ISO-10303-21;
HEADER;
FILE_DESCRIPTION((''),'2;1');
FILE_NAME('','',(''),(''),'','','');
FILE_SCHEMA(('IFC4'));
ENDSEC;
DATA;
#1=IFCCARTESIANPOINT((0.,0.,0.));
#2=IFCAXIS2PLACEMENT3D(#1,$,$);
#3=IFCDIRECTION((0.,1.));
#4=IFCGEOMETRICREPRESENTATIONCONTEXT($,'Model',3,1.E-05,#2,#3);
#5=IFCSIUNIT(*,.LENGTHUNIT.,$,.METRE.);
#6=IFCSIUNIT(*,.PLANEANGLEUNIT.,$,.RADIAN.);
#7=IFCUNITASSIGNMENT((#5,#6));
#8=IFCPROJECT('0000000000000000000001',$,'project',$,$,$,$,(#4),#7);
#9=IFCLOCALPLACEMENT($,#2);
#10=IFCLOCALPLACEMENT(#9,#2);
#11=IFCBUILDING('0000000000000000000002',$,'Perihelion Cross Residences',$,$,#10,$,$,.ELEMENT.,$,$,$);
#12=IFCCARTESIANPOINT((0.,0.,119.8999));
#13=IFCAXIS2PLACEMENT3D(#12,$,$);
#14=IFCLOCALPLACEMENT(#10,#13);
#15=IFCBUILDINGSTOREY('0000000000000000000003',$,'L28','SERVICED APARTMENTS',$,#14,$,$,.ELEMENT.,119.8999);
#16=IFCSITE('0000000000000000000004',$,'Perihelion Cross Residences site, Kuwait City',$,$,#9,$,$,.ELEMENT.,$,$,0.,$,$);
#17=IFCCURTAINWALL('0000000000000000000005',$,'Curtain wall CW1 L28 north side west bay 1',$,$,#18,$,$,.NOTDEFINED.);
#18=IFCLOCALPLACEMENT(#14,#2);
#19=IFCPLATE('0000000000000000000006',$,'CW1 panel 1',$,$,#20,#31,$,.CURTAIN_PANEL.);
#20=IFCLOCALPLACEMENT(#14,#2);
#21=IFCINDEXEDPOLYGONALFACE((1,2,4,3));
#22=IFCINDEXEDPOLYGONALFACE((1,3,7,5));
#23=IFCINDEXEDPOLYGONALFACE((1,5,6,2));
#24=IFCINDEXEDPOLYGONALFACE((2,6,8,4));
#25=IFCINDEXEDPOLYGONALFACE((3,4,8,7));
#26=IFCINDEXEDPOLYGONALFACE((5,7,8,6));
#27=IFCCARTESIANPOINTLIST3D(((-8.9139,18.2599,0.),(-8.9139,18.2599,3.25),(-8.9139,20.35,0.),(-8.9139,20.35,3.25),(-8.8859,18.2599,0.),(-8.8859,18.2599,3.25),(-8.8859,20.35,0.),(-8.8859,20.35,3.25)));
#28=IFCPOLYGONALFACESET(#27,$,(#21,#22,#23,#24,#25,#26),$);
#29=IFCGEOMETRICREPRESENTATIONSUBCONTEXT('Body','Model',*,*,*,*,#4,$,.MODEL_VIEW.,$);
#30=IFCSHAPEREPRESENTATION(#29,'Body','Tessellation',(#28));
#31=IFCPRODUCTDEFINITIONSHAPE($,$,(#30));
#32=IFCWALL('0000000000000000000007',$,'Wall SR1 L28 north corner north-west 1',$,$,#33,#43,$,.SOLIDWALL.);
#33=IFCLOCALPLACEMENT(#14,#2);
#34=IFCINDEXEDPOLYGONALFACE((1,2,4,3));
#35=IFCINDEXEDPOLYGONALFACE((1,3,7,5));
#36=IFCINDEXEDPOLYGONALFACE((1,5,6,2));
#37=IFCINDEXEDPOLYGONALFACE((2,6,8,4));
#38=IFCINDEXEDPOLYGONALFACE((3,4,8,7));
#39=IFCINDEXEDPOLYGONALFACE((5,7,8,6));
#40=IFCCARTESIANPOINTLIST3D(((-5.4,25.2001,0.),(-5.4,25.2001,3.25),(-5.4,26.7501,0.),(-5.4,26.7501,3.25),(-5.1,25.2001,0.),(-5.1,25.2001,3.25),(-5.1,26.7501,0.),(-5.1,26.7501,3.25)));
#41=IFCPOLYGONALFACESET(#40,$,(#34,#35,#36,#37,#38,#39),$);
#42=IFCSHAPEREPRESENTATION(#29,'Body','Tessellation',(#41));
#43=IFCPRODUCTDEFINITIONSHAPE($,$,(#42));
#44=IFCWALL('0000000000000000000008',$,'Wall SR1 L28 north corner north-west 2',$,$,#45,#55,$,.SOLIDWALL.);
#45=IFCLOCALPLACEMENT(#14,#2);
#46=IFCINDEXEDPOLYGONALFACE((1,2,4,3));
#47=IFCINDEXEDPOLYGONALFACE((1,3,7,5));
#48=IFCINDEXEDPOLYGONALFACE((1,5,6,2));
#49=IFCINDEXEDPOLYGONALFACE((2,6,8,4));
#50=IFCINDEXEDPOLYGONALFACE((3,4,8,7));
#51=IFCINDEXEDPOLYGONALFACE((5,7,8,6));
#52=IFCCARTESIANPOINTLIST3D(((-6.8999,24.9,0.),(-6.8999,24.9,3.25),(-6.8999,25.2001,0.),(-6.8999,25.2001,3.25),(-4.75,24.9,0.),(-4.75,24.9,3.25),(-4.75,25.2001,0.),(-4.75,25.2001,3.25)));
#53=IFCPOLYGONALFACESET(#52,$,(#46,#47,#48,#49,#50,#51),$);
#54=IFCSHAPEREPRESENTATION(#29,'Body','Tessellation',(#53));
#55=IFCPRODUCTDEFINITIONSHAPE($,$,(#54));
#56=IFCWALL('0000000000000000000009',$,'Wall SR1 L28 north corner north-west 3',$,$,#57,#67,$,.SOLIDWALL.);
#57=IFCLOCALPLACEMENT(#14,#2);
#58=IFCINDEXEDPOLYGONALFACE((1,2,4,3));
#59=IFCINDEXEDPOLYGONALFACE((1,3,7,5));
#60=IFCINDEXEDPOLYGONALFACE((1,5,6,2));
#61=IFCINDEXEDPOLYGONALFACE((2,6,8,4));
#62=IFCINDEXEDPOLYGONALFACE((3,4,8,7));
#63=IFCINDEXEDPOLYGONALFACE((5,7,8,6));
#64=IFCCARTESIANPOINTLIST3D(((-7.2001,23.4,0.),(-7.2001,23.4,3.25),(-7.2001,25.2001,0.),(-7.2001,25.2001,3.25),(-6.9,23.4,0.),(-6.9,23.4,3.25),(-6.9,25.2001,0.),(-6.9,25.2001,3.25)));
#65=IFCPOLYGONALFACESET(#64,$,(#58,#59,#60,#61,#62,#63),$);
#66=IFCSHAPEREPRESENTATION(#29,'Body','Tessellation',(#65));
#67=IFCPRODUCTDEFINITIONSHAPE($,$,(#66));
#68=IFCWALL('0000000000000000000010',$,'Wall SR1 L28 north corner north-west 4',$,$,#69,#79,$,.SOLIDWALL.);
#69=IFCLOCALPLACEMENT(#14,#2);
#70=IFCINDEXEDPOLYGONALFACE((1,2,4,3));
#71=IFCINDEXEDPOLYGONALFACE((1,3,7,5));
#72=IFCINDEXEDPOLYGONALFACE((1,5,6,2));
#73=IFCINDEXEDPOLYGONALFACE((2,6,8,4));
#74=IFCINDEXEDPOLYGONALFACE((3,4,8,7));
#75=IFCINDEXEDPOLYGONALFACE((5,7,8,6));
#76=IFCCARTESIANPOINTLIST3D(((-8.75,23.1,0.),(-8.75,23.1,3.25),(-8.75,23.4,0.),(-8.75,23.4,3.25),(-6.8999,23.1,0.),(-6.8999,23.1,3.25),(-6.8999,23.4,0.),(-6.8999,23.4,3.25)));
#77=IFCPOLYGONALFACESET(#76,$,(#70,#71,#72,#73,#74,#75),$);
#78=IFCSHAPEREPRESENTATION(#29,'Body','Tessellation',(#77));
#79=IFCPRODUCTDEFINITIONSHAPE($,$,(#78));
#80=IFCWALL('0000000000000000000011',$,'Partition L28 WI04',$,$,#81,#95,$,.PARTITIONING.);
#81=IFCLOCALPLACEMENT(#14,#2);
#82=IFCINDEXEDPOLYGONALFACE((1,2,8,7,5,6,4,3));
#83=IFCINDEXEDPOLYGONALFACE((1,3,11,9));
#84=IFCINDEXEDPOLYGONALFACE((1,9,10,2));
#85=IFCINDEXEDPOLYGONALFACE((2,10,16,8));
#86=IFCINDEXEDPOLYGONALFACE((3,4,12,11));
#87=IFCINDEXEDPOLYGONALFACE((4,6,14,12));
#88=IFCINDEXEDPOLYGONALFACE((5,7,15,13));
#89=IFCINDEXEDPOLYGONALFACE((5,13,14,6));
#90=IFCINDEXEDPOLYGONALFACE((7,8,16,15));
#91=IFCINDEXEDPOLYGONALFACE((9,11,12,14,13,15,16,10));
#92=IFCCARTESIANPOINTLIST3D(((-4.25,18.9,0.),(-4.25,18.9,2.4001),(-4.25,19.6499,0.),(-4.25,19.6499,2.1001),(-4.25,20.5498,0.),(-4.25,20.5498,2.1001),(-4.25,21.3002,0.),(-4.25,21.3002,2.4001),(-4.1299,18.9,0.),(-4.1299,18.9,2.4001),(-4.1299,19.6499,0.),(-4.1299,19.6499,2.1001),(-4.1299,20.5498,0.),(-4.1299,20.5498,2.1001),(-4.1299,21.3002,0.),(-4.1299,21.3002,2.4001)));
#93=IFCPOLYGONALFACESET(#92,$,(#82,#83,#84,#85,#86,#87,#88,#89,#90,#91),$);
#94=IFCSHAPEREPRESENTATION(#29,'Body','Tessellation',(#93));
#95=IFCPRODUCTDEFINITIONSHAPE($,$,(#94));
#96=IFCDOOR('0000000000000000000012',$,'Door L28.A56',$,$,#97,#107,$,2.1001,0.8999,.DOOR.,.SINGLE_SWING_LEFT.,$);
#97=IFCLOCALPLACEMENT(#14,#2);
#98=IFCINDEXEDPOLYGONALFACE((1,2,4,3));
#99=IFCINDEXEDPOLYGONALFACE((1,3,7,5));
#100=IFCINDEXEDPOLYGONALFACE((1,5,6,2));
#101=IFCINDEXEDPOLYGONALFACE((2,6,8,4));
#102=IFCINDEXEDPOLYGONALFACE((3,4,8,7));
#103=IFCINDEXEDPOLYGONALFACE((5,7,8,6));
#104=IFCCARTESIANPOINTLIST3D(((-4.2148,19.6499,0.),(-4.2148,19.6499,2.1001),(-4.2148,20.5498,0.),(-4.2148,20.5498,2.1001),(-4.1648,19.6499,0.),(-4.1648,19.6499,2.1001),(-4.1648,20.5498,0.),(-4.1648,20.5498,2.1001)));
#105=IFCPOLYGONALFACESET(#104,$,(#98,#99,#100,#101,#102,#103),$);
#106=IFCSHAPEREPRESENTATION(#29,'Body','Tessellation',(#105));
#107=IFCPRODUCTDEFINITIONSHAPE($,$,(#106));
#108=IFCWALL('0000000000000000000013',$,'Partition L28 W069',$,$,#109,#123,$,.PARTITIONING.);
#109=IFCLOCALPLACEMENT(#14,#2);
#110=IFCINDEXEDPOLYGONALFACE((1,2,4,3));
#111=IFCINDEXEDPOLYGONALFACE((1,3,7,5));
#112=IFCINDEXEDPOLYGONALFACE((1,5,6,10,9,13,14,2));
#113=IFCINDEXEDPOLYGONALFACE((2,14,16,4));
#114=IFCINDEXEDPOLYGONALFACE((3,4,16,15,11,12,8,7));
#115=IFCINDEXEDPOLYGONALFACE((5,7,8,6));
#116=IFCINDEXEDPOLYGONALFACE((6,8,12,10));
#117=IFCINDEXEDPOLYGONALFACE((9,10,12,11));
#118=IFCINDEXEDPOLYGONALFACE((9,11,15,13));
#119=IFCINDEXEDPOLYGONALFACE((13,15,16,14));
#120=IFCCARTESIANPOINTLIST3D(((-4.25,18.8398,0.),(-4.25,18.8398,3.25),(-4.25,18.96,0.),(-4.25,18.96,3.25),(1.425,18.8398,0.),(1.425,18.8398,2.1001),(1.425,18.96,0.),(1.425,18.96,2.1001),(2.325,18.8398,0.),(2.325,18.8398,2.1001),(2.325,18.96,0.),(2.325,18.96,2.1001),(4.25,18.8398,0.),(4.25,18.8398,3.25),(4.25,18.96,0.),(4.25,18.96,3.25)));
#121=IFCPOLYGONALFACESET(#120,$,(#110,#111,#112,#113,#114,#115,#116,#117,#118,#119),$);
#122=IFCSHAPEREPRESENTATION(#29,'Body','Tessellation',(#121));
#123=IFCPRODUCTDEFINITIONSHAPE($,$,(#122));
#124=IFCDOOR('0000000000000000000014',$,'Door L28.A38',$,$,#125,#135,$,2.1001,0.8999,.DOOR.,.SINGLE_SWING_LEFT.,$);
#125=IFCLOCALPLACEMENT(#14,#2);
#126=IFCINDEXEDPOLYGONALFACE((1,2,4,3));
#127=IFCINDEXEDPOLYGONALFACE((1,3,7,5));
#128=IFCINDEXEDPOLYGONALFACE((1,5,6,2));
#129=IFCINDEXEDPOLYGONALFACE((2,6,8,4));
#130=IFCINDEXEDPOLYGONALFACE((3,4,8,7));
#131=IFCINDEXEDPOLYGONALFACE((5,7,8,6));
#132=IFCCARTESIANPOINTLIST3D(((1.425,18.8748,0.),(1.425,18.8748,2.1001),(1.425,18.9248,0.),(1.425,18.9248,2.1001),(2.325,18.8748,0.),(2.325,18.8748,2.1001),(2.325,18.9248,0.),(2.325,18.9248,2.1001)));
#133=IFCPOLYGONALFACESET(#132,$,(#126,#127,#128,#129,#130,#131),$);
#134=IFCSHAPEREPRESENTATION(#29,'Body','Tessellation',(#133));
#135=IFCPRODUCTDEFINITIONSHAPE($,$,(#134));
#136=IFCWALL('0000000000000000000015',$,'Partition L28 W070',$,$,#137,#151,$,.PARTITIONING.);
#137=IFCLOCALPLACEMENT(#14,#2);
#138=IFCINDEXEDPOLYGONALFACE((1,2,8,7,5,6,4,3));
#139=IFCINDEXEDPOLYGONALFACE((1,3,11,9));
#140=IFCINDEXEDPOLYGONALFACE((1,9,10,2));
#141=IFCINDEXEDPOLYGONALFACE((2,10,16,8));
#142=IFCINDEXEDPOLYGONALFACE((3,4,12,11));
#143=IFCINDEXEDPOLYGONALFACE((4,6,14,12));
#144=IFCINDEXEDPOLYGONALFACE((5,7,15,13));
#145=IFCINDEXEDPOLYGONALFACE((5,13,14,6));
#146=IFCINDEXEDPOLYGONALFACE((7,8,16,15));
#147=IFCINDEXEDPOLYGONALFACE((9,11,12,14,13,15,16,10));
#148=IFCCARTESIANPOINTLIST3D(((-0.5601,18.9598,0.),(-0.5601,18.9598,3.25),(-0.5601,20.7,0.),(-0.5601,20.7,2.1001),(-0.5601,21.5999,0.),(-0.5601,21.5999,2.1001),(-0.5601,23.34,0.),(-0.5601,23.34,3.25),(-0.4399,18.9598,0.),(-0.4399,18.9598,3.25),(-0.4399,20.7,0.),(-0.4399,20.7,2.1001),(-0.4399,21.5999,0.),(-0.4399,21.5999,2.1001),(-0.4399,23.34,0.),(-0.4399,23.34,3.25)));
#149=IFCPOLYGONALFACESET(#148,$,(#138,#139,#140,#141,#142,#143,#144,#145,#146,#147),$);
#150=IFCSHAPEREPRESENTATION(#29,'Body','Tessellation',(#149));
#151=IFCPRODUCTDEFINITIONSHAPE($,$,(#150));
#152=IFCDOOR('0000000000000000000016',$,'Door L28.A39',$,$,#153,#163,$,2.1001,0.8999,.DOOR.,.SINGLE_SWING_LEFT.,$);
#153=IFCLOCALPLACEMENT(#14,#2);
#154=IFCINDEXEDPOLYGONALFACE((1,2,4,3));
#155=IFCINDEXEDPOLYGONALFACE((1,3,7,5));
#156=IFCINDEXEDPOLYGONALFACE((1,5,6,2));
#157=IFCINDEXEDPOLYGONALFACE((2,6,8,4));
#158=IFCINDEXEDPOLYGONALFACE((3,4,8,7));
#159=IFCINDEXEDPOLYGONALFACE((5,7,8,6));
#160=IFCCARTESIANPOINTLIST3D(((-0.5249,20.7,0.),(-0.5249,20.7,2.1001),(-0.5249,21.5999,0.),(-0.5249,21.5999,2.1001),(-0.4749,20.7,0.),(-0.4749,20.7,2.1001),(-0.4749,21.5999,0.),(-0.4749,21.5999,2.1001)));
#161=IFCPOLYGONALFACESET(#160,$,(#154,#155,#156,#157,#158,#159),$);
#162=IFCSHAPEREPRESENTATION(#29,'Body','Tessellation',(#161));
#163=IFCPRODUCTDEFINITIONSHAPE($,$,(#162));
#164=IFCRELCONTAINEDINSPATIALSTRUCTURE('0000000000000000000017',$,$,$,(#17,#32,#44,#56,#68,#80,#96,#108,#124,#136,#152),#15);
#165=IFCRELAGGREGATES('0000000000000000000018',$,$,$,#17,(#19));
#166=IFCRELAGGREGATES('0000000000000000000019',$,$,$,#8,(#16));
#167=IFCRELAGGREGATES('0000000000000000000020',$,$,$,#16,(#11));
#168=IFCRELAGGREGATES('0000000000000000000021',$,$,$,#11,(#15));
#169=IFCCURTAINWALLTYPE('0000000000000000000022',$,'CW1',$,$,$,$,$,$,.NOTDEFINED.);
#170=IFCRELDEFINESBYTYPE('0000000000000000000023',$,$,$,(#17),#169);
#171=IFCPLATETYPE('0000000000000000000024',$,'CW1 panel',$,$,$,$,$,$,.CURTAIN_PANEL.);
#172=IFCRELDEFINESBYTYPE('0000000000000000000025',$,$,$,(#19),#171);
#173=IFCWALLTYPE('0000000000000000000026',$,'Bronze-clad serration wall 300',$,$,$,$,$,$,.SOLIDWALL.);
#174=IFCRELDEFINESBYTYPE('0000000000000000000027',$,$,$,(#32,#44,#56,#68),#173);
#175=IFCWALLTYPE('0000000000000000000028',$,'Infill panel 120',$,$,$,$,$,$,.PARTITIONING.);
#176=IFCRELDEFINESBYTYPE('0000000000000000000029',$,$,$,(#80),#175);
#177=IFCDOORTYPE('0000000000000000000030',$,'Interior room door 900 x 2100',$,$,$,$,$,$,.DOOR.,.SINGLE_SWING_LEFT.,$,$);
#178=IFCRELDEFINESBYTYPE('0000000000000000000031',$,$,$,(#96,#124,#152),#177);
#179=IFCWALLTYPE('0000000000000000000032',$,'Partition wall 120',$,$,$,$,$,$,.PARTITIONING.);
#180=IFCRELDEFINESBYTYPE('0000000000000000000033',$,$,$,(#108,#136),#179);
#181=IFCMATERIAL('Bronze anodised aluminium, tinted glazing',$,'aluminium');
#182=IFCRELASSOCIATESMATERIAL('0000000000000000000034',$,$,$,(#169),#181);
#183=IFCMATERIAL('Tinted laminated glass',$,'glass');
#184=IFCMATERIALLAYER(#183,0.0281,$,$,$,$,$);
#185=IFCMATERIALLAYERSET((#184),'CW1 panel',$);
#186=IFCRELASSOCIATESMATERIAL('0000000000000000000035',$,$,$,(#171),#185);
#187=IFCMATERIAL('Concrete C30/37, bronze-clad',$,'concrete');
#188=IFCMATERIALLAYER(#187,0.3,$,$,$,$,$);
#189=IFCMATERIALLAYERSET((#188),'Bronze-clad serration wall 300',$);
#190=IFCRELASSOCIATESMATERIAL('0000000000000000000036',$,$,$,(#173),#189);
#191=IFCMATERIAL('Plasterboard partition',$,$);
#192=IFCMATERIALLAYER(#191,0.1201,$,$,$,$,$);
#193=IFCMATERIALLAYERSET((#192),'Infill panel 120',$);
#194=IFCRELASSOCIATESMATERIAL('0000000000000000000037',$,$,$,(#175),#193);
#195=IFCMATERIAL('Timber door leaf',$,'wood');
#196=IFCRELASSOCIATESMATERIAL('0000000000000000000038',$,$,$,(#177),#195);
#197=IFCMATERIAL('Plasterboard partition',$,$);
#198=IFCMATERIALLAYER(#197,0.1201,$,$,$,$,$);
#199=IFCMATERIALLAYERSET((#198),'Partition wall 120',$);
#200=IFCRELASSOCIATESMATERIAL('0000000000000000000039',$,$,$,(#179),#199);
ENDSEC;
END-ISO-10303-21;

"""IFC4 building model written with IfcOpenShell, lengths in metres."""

from ifc_helpers import new_model, si_unit, direction, frame, frame_2d, origin, origin_2d, place, context, subcontext, project, spatial, rectangle, extrude, material, layer, layer_set, type_object, element, fill, aggregate, save


model = new_model("IFC4")

# Units and contexts
model_context = context("Model", 3, precision=1e-05, world=origin(), true_north=direction((0.0, 1.0)))
body_context = subcontext(model_context, "Body", "Model", "MODEL_VIEW")
ifc_project = project(units=[si_unit("LENGTHUNIT", "METRE"), si_unit("PLANEANGLEUNIT", "RADIAN")], contexts=[model_context])

# Site, building, storey
site_placement = place(None, origin())
site = spatial("IfcSite", under=ifc_project, at=site_placement, Name="Perihelion Cross Residences site, Kuwait City", CompositionType="ELEMENT", RefElevation=0.0)
building_placement = place(site_placement, origin())
building = spatial("IfcBuilding", under=site, at=building_placement, Name="Perihelion Cross Residences", CompositionType="ELEMENT")
storey_placement = place(building_placement, frame((0.0, 0.0, 119.8999)))
storey = spatial("IfcBuildingStorey", under=building, at=storey_placement, Name="L28", Description="SERVICED APARTMENTS", CompositionType="ELEMENT", Elevation=119.8999)

# Curtain wall
ifc_material_1 = material(Name="Bronze anodised aluminium, tinted glazing", Category="aluminium")
curtain_wall_type = type_object("IfcCurtainWallType", Name="CW1", PredefinedType="NOTDEFINED", material=ifc_material_1)
curtain_wall_1_placement = place(storey_placement, origin())
curtain_wall_1 = element("IfcCurtainWall", 1, at=curtain_wall_1_placement, inside=storey, type_object=curtain_wall_type, Name="Curtain wall CW1 L28 north side west bay 1", PredefinedType="NOTDEFINED")

# Plate
ifc_material_2 = material(Name="Tinted laminated glass", Category="glass")
ifc_layer_1 = layer(ifc_material_2, 0.0281)
ifc_layer_set_1 = layer_set([ifc_layer_1], Name="CW1 panel")
plate_type = type_object("IfcPlateType", Name="CW1 panel", PredefinedType="CURTAIN_PANEL", material=ifc_layer_set_1)
plate_1_placement = place(storey_placement, frame((-8.8999, 19.3049, 0.0), z_axis=(0.0, 0.0, 1.0), x_axis=(0.0, -1.0, 0.0)))
plate_1 = element("IfcPlate", 2, at=plate_1_placement, type_object=plate_type, Name="CW1 panel 1", PredefinedType="CURTAIN_PANEL", context=body_context, shape_type="SweptSolid", body=[
    extrude(rectangle(XDim=2.0901, YDim=0.0281, at=origin_2d()), origin(), (0.0, 0.0, 1.0), 3.25),
])
aggregate(curtain_wall_1, [plate_1])

# Walls
ifc_material_3 = material(Name="Concrete C30/37, bronze-clad", Category="concrete")
ifc_layer_2 = layer(ifc_material_3, 0.3)
ifc_layer_set_2 = layer_set([ifc_layer_2], Name="Bronze-clad serration wall 300")
wall_type_1 = type_object("IfcWallType", Name="Bronze-clad serration wall 300", PredefinedType="SOLIDWALL", material=ifc_layer_set_2)
wall_1_placement = place(storey_placement, frame((-5.25, 26.75, 0.0), z_axis=(0.0, 0.0, 1.0), x_axis=(0.0, -1.0, 0.0)))
element("IfcWall", 3, at=wall_1_placement, inside=storey, type_object=wall_type_1, Name="Wall SR1 L28 north corner north-west 1", PredefinedType="SOLIDWALL", context=body_context, shape_type="SweptSolid", body=[
    extrude(rectangle(XDim=1.55, YDim=0.3, at=frame_2d((0.7749, 0.0))), origin(), (0.0, 0.0, 1.0), 3.25),
])
wall_2_placement = place(storey_placement, frame((-4.75, 25.05, 0.0), z_axis=(0.0, 0.0, 1.0), x_axis=(-1.0, 0.0, 0.0)))
element("IfcWall", 4, at=wall_2_placement, inside=storey, type_object=wall_type_1, Name="Wall SR1 L28 north corner north-west 2", PredefinedType="SOLIDWALL", context=body_context, shape_type="SweptSolid", body=[
    extrude(rectangle(XDim=2.1499, YDim=0.3, at=frame_2d((1.075, 0.0))), origin(), (0.0, 0.0, 1.0), 3.25),
])
wall_3_placement = place(storey_placement, frame((-7.05, 25.2, 0.0), z_axis=(0.0, 0.0, 1.0), x_axis=(0.0, -1.0, 0.0)))
element("IfcWall", 5, at=wall_3_placement, inside=storey, type_object=wall_type_1, Name="Wall SR1 L28 north corner north-west 3", PredefinedType="SOLIDWALL", context=body_context, shape_type="SweptSolid", body=[
    extrude(rectangle(XDim=1.8, YDim=0.3, at=frame_2d((0.8999, 0.0))), origin(), (0.0, 0.0, 1.0), 3.25),
])
wall_4_placement = place(storey_placement, frame((-6.8999, 23.25, 0.0), z_axis=(0.0, 0.0, 1.0), x_axis=(-1.0, 0.0, 0.0)))
element("IfcWall", 6, at=wall_4_placement, inside=storey, type_object=wall_type_1, Name="Wall SR1 L28 north corner north-west 4", PredefinedType="SOLIDWALL", context=body_context, shape_type="SweptSolid", body=[
    extrude(rectangle(XDim=1.8501, YDim=0.3, at=frame_2d((0.925, 0.0))), origin(), (0.0, 0.0, 1.0), 3.25),
])

# Walls, openings, doors
ifc_material_4 = material(Name="Plasterboard partition")
ifc_layer_3 = layer(ifc_material_4, 0.1201)
ifc_layer_set_3 = layer_set([ifc_layer_3], Name="Infill panel 120")
wall_type_2 = type_object("IfcWallType", Name="Infill panel 120", PredefinedType="PARTITIONING", material=ifc_layer_set_3)
wall_5_placement = place(storey_placement, frame((-4.1899, 18.8999, 0.0), z_axis=(0.0, 0.0, 1.0), x_axis=(0.0, 1.0, 0.0)))
wall_5 = element("IfcWall", 7, at=wall_5_placement, inside=storey, type_object=wall_type_2, Name="Partition L28 WI04", PredefinedType="PARTITIONING", context=body_context, shape_type="SweptSolid", body=[
    extrude(rectangle(XDim=2.4001, YDim=0.1201, at=frame_2d((1.2002, 0.0))), origin(), (0.0, 0.0, 1.0), 2.4001),
])
opening_1_placement = place(wall_5_placement, frame((0.75, 0.0, 0.0)))
opening_1 = element("IfcOpeningElement", 8, at=opening_1_placement, cuts=wall_5, PredefinedType="OPENING", context=body_context, shape_type="SweptSolid", body=[
    extrude(rectangle(XDim=0.8999, YDim=2.1001, at=frame_2d((0.45, 1.05))), frame((0.0, 0.0701, 0.0), z_axis=(0.0, -1.0, 0.0), x_axis=(1.0, 0.0, 0.0)), (0.0, 0.0, 1.0), 0.1401),
])
ifc_material_5 = material(Name="Timber door leaf", Category="wood")
door_type_1 = type_object("IfcDoorType", Name="Interior room door 900 x 2100", OperationType="SINGLE_SWING_LEFT", PredefinedType="DOOR", material=ifc_material_5)
door_1_placement = place(opening_1_placement, origin())
door_1 = element("IfcDoor", 9, at=door_1_placement, inside=storey, type_object=door_type_1, Name="Door L28.A56", OperationType="SINGLE_SWING_LEFT", OverallHeight=2.1001, OverallWidth=0.8999, PredefinedType="DOOR", context=body_context, shape_type="SweptSolid", body=[
    extrude(rectangle(XDim=0.8999, YDim=2.1001, at=frame_2d((0.45, 1.05))), frame((0.0, 0.0249, 0.0), z_axis=(0.0, -1.0, 0.0), x_axis=(1.0, 0.0, 0.0)), (0.0, 0.0, 1.0), 0.05),
])
fill(opening_1, door_1)
ifc_material_6 = material(Name="Plasterboard partition")
ifc_layer_4 = layer(ifc_material_6, 0.1201)
ifc_layer_set_4 = layer_set([ifc_layer_4], Name="Partition wall 120")
wall_type_3 = type_object("IfcWallType", Name="Partition wall 120", PredefinedType="PARTITIONING", material=ifc_layer_set_4)
wall_6_placement = place(storey_placement, frame((-4.25, 18.8999, 0.0), z_axis=(0.0, 0.0, 1.0), x_axis=(1.0, 0.0, 0.0)))
wall_6 = element("IfcWall", 10, at=wall_6_placement, inside=storey, type_object=wall_type_3, Name="Partition L28 W069", PredefinedType="PARTITIONING", context=body_context, shape_type="SweptSolid", body=[
    extrude(rectangle(XDim=8.5, YDim=0.1201, at=frame_2d((4.25, 0.0))), origin(), (0.0, 0.0, 1.0), 3.25),
])
opening_2_placement = place(wall_6_placement, frame((5.675, 0.0, 0.0)))
opening_2 = element("IfcOpeningElement", 11, at=opening_2_placement, cuts=wall_6, PredefinedType="OPENING", context=body_context, shape_type="SweptSolid", body=[
    extrude(rectangle(XDim=0.8999, YDim=2.1001, at=frame_2d((0.45, 1.05))), frame((0.0, 0.0701, 0.0), z_axis=(0.0, -1.0, 0.0), x_axis=(1.0, 0.0, 0.0)), (0.0, 0.0, 1.0), 0.1401),
])
door_2_placement = place(opening_2_placement, origin())
door_2 = element("IfcDoor", 12, at=door_2_placement, inside=storey, type_object=door_type_1, Name="Door L28.A38", OperationType="SINGLE_SWING_LEFT", OverallHeight=2.1001, OverallWidth=0.8999, PredefinedType="DOOR", context=body_context, shape_type="SweptSolid", body=[
    extrude(rectangle(XDim=0.8999, YDim=2.1001, at=frame_2d((0.45, 1.05))), frame((0.0, 0.0249, 0.0), z_axis=(0.0, -1.0, 0.0), x_axis=(1.0, 0.0, 0.0)), (0.0, 0.0, 1.0), 0.05),
])
fill(opening_2, door_2)
wall_7_placement = place(storey_placement, frame((-0.5, 18.96, 0.0), z_axis=(0.0, 0.0, 1.0), x_axis=(0.0, 1.0, 0.0)))
wall_7 = element("IfcWall", 13, at=wall_7_placement, inside=storey, type_object=wall_type_3, Name="Partition L28 W070", PredefinedType="PARTITIONING", context=body_context, shape_type="SweptSolid", body=[
    extrude(rectangle(XDim=4.3801, YDim=0.1201, at=frame_2d((2.1899, 0.0))), origin(), (0.0, 0.0, 1.0), 3.25),
])
opening_3_placement = place(wall_7_placement, frame((1.74, 0.0, 0.0)))
opening_3 = element("IfcOpeningElement", 14, at=opening_3_placement, cuts=wall_7, PredefinedType="OPENING", context=body_context, shape_type="SweptSolid", body=[
    extrude(rectangle(XDim=0.8999, YDim=2.1001, at=frame_2d((0.45, 1.05))), frame((0.0, 0.0701, 0.0), z_axis=(0.0, -1.0, 0.0), x_axis=(1.0, 0.0, 0.0)), (0.0, 0.0, 1.0), 0.1401),
])
door_3_placement = place(opening_3_placement, origin())
door_3 = element("IfcDoor", 15, at=door_3_placement, inside=storey, type_object=door_type_1, Name="Door L28.A39", OperationType="SINGLE_SWING_LEFT", OverallHeight=2.1001, OverallWidth=0.8999, PredefinedType="DOOR", context=body_context, shape_type="SweptSolid", body=[
    extrude(rectangle(XDim=0.8999, YDim=2.1001, at=frame_2d((0.45, 1.05))), frame((0.0, 0.0249, 0.0), z_axis=(0.0, -1.0, 0.0), x_axis=(1.0, 0.0, 0.0)), (0.0, 0.0, 1.0), 0.05),
])
fill(opening_3, door_3)

save(model, "model.ifc")
